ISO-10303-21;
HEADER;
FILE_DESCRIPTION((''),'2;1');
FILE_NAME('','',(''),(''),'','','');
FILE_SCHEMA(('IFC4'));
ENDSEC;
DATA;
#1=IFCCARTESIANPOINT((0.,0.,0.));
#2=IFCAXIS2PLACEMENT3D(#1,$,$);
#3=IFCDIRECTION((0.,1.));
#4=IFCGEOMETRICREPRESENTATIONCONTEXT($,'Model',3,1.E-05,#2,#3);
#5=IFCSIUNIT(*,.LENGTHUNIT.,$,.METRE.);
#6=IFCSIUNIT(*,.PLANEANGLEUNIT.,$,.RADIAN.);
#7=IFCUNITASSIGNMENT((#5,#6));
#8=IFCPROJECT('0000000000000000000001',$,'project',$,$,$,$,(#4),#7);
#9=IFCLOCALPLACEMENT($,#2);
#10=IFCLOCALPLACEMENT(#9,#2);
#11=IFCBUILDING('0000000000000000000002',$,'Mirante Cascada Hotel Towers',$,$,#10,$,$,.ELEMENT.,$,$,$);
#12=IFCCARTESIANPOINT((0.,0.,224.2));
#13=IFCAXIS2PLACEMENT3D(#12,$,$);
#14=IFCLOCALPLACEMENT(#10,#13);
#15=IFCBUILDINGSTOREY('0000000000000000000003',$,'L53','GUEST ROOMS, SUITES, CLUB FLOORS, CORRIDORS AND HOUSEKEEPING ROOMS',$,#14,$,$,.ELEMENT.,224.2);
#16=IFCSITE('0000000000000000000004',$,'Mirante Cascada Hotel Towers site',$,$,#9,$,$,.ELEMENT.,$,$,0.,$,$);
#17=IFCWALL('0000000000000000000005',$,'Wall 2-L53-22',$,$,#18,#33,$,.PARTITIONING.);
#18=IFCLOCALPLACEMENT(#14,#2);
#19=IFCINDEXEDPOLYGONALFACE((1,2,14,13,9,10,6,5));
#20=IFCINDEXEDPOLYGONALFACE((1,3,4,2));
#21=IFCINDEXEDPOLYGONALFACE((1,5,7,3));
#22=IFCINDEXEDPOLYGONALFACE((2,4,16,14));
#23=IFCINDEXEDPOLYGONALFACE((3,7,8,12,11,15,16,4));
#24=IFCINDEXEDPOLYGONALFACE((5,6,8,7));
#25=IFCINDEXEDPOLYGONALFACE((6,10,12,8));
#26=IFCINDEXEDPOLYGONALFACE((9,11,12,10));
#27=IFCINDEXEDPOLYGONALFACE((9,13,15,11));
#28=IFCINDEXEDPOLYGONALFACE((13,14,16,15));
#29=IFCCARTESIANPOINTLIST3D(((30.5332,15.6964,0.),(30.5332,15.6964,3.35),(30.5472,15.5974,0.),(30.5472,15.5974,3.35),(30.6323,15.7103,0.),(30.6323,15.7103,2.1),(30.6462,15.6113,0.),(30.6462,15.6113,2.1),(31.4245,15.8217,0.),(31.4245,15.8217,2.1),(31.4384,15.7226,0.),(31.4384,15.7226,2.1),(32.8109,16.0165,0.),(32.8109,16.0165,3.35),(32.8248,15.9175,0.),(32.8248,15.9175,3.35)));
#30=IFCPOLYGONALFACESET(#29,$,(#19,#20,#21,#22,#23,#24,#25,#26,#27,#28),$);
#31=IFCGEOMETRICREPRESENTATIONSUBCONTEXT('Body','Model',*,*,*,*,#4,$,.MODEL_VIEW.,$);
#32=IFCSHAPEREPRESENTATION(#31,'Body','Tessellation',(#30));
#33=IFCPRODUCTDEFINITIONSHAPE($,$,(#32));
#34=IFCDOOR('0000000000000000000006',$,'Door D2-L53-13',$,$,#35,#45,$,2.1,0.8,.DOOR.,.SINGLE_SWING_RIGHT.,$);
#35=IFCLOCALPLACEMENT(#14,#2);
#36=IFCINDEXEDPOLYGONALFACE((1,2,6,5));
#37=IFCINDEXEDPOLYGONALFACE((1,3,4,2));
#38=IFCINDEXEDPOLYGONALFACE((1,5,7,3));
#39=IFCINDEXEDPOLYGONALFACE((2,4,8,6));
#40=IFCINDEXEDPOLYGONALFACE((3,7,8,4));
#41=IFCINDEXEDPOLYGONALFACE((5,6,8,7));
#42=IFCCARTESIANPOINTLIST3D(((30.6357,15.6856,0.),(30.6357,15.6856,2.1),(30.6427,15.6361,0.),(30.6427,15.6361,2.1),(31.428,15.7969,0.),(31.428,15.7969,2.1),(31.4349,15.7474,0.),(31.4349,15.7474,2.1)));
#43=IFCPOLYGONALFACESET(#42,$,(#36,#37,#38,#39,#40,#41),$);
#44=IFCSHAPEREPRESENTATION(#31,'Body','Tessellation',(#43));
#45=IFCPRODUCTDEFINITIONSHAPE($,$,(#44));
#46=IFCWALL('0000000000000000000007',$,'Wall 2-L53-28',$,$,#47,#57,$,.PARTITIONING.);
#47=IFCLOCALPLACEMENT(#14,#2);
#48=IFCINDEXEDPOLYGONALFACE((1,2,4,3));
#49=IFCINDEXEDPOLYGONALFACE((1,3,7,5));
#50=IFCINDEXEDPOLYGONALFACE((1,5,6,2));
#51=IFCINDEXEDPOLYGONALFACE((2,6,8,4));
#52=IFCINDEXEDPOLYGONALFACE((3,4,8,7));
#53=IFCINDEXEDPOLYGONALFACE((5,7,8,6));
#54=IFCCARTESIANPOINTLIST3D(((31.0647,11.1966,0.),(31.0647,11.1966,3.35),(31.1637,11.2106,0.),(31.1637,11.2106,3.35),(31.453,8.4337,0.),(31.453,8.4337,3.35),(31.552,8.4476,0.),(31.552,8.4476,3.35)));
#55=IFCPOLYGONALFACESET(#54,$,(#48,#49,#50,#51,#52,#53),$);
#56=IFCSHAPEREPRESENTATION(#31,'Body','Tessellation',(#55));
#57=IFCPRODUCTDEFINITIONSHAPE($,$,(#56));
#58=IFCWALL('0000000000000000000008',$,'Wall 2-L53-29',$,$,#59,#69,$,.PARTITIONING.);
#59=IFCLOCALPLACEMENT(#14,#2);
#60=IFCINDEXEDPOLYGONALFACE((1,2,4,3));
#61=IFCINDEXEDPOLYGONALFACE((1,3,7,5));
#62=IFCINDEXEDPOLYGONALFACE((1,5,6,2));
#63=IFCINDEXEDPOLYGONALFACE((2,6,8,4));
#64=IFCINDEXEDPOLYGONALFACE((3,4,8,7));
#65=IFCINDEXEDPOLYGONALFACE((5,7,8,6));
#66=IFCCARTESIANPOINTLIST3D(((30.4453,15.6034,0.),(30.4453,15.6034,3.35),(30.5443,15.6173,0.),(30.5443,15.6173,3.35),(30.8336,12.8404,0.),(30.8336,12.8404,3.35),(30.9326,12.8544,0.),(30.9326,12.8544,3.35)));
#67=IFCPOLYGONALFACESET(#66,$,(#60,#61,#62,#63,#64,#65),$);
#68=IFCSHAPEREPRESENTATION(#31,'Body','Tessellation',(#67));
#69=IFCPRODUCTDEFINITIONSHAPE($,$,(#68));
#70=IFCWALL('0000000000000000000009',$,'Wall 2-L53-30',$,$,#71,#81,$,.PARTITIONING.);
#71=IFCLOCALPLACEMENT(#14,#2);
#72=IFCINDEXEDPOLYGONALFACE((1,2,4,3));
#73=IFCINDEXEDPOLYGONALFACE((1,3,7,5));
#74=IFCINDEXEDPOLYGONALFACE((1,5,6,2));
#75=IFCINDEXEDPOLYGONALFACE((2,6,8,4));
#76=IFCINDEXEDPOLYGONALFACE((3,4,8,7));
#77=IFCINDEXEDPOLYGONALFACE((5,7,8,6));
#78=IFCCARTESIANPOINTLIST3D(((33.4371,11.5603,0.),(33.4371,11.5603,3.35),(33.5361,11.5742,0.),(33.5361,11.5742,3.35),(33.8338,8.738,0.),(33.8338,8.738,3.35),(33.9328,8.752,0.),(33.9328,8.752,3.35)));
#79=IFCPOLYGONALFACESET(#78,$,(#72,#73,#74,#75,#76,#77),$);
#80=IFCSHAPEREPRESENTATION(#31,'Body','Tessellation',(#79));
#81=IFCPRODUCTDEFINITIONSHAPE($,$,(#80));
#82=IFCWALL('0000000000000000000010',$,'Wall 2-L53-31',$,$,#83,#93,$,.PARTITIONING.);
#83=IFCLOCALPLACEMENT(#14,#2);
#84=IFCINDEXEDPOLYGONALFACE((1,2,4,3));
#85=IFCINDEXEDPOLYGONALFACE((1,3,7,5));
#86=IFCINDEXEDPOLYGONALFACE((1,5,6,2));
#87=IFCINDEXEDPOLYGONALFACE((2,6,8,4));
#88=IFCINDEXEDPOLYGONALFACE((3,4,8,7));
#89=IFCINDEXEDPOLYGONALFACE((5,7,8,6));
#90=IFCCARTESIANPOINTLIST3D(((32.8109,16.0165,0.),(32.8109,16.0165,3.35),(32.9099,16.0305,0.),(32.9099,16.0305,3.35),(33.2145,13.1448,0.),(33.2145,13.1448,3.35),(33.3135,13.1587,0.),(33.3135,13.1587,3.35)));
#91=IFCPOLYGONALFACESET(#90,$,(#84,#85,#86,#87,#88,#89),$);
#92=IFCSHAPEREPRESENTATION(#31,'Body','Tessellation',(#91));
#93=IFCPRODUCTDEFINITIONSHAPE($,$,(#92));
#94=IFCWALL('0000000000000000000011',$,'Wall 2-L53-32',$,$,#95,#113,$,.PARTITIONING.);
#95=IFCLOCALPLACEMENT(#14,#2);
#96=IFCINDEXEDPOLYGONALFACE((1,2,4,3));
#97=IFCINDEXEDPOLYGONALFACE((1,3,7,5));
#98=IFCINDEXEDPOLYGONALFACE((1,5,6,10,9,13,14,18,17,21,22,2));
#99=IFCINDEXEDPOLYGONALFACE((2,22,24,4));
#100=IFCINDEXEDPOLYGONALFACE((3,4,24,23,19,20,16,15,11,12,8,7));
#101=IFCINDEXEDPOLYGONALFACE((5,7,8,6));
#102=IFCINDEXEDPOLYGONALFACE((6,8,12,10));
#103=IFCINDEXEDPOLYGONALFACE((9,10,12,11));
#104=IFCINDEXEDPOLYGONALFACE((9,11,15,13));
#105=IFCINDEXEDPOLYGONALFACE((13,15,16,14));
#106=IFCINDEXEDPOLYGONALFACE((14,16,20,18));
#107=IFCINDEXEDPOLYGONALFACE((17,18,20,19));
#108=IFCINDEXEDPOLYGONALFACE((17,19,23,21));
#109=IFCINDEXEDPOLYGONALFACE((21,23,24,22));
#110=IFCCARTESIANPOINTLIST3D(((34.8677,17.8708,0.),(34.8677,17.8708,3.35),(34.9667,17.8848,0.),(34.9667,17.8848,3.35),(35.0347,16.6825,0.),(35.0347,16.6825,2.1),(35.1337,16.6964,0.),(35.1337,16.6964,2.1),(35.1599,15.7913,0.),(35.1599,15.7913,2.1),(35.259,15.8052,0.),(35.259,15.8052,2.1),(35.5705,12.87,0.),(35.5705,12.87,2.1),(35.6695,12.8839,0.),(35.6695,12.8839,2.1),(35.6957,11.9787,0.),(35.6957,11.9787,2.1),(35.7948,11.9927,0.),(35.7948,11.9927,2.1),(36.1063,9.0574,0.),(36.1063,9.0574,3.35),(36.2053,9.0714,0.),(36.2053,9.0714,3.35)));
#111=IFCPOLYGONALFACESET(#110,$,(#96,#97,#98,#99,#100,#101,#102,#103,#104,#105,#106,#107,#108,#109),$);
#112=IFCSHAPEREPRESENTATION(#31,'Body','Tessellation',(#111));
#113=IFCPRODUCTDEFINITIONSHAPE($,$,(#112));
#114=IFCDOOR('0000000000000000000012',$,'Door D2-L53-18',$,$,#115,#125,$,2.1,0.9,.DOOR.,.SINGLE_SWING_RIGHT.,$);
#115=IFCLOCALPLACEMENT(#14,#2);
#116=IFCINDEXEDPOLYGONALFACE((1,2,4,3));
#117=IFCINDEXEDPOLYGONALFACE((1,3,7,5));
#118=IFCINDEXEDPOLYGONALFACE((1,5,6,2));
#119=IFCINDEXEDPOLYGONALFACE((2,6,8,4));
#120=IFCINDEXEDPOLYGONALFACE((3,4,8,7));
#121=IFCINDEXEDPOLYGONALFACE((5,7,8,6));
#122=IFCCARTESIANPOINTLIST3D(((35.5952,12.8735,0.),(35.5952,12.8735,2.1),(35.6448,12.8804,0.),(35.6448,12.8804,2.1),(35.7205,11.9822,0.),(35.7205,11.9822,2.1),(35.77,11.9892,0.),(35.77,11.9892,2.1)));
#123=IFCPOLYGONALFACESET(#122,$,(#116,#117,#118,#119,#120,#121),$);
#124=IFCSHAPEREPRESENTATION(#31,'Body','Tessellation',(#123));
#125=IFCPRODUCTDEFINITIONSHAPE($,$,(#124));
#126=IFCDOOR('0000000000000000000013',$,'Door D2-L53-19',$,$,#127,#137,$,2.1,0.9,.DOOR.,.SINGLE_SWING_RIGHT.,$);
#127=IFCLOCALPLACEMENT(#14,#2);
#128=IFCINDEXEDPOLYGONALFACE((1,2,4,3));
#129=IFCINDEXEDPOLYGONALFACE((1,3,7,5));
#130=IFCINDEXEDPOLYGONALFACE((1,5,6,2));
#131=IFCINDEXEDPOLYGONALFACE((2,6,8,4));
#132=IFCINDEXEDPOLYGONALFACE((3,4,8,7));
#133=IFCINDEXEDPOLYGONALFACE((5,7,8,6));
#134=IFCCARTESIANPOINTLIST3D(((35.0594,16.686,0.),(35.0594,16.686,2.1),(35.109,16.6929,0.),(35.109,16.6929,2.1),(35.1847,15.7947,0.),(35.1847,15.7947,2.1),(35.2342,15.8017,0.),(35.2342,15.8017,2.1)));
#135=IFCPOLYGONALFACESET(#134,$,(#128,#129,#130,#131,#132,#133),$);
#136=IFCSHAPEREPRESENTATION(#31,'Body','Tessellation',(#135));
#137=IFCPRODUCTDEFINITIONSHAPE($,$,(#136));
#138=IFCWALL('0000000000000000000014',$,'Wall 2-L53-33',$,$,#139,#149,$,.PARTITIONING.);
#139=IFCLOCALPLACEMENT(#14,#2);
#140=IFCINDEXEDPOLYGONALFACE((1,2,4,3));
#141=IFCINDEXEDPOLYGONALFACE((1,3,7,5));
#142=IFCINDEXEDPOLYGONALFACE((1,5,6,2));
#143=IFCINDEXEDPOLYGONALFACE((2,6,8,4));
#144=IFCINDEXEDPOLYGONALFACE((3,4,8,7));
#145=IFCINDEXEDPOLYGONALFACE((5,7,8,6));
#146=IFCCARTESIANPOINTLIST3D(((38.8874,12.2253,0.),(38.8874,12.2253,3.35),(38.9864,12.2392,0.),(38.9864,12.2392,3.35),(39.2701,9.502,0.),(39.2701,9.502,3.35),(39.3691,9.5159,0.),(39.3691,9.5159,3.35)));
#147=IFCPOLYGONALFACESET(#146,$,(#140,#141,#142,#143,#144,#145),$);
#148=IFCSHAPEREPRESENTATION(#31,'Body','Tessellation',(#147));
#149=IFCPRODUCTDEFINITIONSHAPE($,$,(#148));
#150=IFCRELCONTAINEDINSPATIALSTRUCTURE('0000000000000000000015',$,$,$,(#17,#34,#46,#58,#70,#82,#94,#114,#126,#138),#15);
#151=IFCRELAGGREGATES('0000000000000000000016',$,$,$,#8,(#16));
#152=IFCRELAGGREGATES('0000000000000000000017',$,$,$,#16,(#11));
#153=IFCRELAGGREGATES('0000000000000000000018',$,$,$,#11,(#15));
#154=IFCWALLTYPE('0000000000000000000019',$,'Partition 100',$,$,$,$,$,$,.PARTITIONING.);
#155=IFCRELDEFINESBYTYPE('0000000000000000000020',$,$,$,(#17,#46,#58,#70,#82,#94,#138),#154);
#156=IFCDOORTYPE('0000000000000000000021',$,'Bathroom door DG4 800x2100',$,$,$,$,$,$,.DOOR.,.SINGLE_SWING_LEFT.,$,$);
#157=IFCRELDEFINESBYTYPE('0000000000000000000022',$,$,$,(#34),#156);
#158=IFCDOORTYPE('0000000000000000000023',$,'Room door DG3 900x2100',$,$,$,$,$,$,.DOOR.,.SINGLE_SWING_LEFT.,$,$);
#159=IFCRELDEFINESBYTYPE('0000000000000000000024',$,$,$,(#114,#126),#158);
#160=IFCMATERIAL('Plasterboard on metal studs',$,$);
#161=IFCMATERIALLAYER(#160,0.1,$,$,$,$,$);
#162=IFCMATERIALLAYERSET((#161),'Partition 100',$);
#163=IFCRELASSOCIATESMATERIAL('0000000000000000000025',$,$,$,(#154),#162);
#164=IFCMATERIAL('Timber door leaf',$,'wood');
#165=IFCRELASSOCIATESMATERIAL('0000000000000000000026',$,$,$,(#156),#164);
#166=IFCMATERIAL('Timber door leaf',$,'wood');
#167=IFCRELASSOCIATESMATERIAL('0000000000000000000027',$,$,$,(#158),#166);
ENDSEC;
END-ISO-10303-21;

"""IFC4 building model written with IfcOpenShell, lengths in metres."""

from ifc_helpers import new_model, si_unit, direction, frame, frame_2d, origin, place, context, subcontext, project, spatial, rectangle, extrude, material, layer, layer_set, type_object, element, fill, save


model = new_model("IFC4")

# Units and contexts
model_context = context("Model", 3, precision=1e-05, world=origin(), true_north=direction((0.0, 1.0)))
body_context = subcontext(model_context, "Body", "Model", "MODEL_VIEW")
ifc_project = project(units=[si_unit("LENGTHUNIT", "METRE"), si_unit("PLANEANGLEUNIT", "RADIAN")], contexts=[model_context])

# Site, building, storey
site_placement = place(None, origin())
site = spatial("IfcSite", under=ifc_project, at=site_placement, Name="Mirante Cascada Hotel Towers site", CompositionType="ELEMENT", RefElevation=0.0)
building_placement = place(site_placement, origin())
building = spatial("IfcBuilding", under=site, at=building_placement, Name="Mirante Cascada Hotel Towers", CompositionType="ELEMENT")
storey_placement = place(building_placement, frame((0.0, 0.0, 224.2)))
storey = spatial("IfcBuildingStorey", under=building, at=storey_placement, Name="L53", Description="GUEST ROOMS, SUITES, CLUB FLOORS, CORRIDORS AND HOUSEKEEPING ROOMS", CompositionType="ELEMENT", Elevation=224.2)

# Shared definitions
ifc_material_1 = material(Name="Plasterboard on metal studs")
ifc_layer_1 = layer(ifc_material_1, 0.1)
ifc_layer_set_1 = layer_set([ifc_layer_1], Name="Partition 100")
wall_type_1 = type_object("IfcWallType", Name="Partition 100", PredefinedType="PARTITIONING", material=ifc_layer_set_1)
ifc_material_2 = material(Name="Timber door leaf", Category="wood")
door_type_1 = type_object("IfcDoorType", Name="Bathroom door DG4 800x2100", OperationType="SINGLE_SWING_LEFT", PredefinedType="DOOR", material=ifc_material_2)

# Wall, opening, door
wall_1_placement = place(storey_placement, frame((30.5402, 15.6469, 0.0), z_axis=(0.0, 0.0, 1.0), x_axis=(0.990268, 0.139175, 0.0)))
wall_1 = element("IfcWall", 1, at=wall_1_placement, inside=storey, type_object=wall_type_1, Name="Wall 2-L53-22", PredefinedType="PARTITIONING", context=body_context, shape_type="SweptSolid", body=[
    extrude(rectangle(XDim=2.3, YDim=0.1, at=frame_2d((1.15, 0.0))), origin(), (0.0, 0.0, 1.0), 3.35),
])
opening_1_placement = place(wall_1_placement, frame((0.1, 0.0, 0.0)))
opening_1 = element("IfcOpeningElement", 2, at=opening_1_placement, cuts=wall_1, PredefinedType="OPENING", context=body_context, shape_type="SweptSolid", body=[
    extrude(rectangle(XDim=0.8, YDim=2.1, at=frame_2d((0.4, 1.05))), frame((0.0, 0.05, 0.0), z_axis=(0.0, -1.0, 0.0), x_axis=(1.0, 0.0, 0.0)), (0.0, 0.0, 1.0), 0.1),
])
door_1_placement = place(opening_1_placement, frame((0.8, 0.0, 0.0), z_axis=(0.0, 0.0, 1.0), x_axis=(-1.0, 0.0, 0.0)))
door_1 = element("IfcDoor", 3, at=door_1_placement, inside=storey, type_object=door_type_1, Name="Door D2-L53-13", OperationType="SINGLE_SWING_RIGHT", OverallHeight=2.1, OverallWidth=0.8, PredefinedType="DOOR", context=body_context, shape_type="SweptSolid", body=[
    extrude(rectangle(XDim=0.8, YDim=2.1, at=frame_2d((0.4, 1.05))), frame((0.0, 0.025, 0.0), z_axis=(0.0, -1.0, 0.0), x_axis=(1.0, 0.0, 0.0)), (0.0, 0.0, 1.0), 0.05),
])
fill(opening_1, door_1)

# Walls
for number, where, z_axis, x_axis, name in (
    (4, (31.5025, 8.4407, 0.0), (0.0, 0.0, 1.0), (-0.139173, 0.990268, 0.0), "Wall 2-L53-28"),
    (5, (30.4948, 15.6103, 0.0), (0.0, 0.0, 1.0), (0.139173, -0.990268, 0.0), "Wall 2-L53-29"),
):
    element("IfcWall", number, at=place(storey_placement, frame(where, z_axis=z_axis, x_axis=x_axis)), inside=storey, type_object=wall_type_1, Name=name, PredefinedType="PARTITIONING", context=body_context, shape_type="SweptSolid", body=[
        extrude(rectangle(XDim=2.7901, YDim=0.1, at=frame_2d((1.395, 0.0))), origin(), (0.0, 0.0, 1.0), 3.35),
    ])
wall_2_placement = place(storey_placement, frame((33.8833, 8.745, 0.0), z_axis=(0.0, 0.0, 1.0), x_axis=(-0.139191, 0.990266, 0.0)))
element("IfcWall", 6, at=wall_2_placement, inside=storey, type_object=wall_type_1, Name="Wall 2-L53-30", PredefinedType="PARTITIONING", context=body_context, shape_type="SweptSolid", body=[
    extrude(rectangle(XDim=2.85, YDim=0.1, at=frame_2d((1.425, 0.0))), origin(), (0.0, 0.0, 1.0), 3.35),
])
wall_3_placement = place(storey_placement, frame((32.8604, 16.0235, 0.0), z_axis=(0.0, 0.0, 1.0), x_axis=(0.139171, -0.990268, 0.0)))
element("IfcWall", 7, at=wall_3_placement, inside=storey, type_object=wall_type_1, Name="Wall 2-L53-31", PredefinedType="PARTITIONING", context=body_context, shape_type="SweptSolid", body=[
    extrude(rectangle(XDim=2.9, YDim=0.1, at=frame_2d((1.45, 0.0))), origin(), (0.0, 0.0, 1.0), 3.35),
])

# Wall, openings, doors
wall_4_placement = place(storey_placement, frame((36.1558, 9.0644, 0.0), z_axis=(0.0, 0.0, 1.0), x_axis=(-0.139168, 0.990269, 0.0)))
wall_4 = element("IfcWall", 8, at=wall_4_placement, inside=storey, type_object=wall_type_1, Name="Wall 2-L53-32", PredefinedType="PARTITIONING", context=body_context, shape_type="SweptSolid", body=[
    extrude(rectangle(XDim=8.9, YDim=0.1, at=frame_2d((4.45, 0.0))), origin(), (0.0, 0.0, 1.0), 3.35),
])
opening_2_placement = place(wall_4_placement, frame((2.95, 0.0, 0.0)))
opening_2 = element("IfcOpeningElement", 9, at=opening_2_placement, cuts=wall_4, PredefinedType="OPENING", context=body_context, shape_type="SweptSolid", body=[
    extrude(rectangle(XDim=0.9, YDim=2.1, at=frame_2d((0.45, 1.05))), frame((0.0, 0.05, 0.0), z_axis=(0.0, -1.0, 0.0), x_axis=(1.0, 0.0, 0.0)), (0.0, 0.0, 1.0), 0.1),
])
opening_3_placement = place(wall_4_placement, frame((6.8, 0.0, 0.0)))
opening_3 = element("IfcOpeningElement", 10, at=opening_3_placement, cuts=wall_4, PredefinedType="OPENING", context=body_context, shape_type="SweptSolid", body=[
    extrude(rectangle(XDim=0.9, YDim=2.1, at=frame_2d((0.45, 1.05))), frame((0.0, 0.05, 0.0), z_axis=(0.0, -1.0, 0.0), x_axis=(1.0, 0.0, 0.0)), (0.0, 0.0, 1.0), 0.1),
])
ifc_material_3 = material(Name="Timber door leaf", Category="wood")
door_type_2 = type_object("IfcDoorType", Name="Room door DG3 900x2100", OperationType="SINGLE_SWING_LEFT", PredefinedType="DOOR", material=ifc_material_3)
door_2_placement = place(opening_2_placement, frame((0.9, 0.0, 0.0), z_axis=(0.0, 0.0, 1.0), x_axis=(-1.0, 0.0, 0.0)))
door_2 = element("IfcDoor", 11, at=door_2_placement, inside=storey, type_object=door_type_2, Name="Door D2-L53-18", OperationType="SINGLE_SWING_RIGHT", OverallHeight=2.1, OverallWidth=0.9, PredefinedType="DOOR", context=body_context, shape_type="SweptSolid", body=[
    extrude(rectangle(XDim=0.9, YDim=2.1, at=frame_2d((0.45, 1.05))), frame((0.0, 0.025, 0.0), z_axis=(0.0, -1.0, 0.0), x_axis=(1.0, 0.0, 0.0)), (0.0, 0.0, 1.0), 0.05),
])
fill(opening_2, door_2)
door_3_placement = place(opening_3_placement, frame((0.9, 0.0, 0.0), z_axis=(0.0, 0.0, 1.0), x_axis=(-1.0, 0.0, 0.0)))
door_3 = element("IfcDoor", 12, at=door_3_placement, inside=storey, type_object=door_type_2, Name="Door D2-L53-19", OperationType="SINGLE_SWING_RIGHT", OverallHeight=2.1, OverallWidth=0.9, PredefinedType="DOOR", context=body_context, shape_type="SweptSolid", body=[
    extrude(rectangle(XDim=0.9, YDim=2.1, at=frame_2d((0.45, 1.05))), frame((0.0, 0.025, 0.0), z_axis=(0.0, -1.0, 0.0), x_axis=(1.0, 0.0, 0.0)), (0.0, 0.0, 1.0), 0.05),
])
fill(opening_3, door_3)

# Wall
wall_5_placement = place(storey_placement, frame((38.9369, 12.2323, 0.0), z_axis=(0.0, 0.0, 1.0), x_axis=(0.139161, -0.99027, 0.0)))
element("IfcWall", 13, at=wall_5_placement, inside=storey, type_object=wall_type_1, Name="Wall 2-L53-33", PredefinedType="PARTITIONING", context=body_context, shape_type="SweptSolid", body=[
    extrude(rectangle(XDim=2.7501, YDim=0.1, at=frame_2d((1.3751, 0.0))), origin(), (0.0, 0.0, 1.0), 3.35),
])

save(model, "model.ifc")
